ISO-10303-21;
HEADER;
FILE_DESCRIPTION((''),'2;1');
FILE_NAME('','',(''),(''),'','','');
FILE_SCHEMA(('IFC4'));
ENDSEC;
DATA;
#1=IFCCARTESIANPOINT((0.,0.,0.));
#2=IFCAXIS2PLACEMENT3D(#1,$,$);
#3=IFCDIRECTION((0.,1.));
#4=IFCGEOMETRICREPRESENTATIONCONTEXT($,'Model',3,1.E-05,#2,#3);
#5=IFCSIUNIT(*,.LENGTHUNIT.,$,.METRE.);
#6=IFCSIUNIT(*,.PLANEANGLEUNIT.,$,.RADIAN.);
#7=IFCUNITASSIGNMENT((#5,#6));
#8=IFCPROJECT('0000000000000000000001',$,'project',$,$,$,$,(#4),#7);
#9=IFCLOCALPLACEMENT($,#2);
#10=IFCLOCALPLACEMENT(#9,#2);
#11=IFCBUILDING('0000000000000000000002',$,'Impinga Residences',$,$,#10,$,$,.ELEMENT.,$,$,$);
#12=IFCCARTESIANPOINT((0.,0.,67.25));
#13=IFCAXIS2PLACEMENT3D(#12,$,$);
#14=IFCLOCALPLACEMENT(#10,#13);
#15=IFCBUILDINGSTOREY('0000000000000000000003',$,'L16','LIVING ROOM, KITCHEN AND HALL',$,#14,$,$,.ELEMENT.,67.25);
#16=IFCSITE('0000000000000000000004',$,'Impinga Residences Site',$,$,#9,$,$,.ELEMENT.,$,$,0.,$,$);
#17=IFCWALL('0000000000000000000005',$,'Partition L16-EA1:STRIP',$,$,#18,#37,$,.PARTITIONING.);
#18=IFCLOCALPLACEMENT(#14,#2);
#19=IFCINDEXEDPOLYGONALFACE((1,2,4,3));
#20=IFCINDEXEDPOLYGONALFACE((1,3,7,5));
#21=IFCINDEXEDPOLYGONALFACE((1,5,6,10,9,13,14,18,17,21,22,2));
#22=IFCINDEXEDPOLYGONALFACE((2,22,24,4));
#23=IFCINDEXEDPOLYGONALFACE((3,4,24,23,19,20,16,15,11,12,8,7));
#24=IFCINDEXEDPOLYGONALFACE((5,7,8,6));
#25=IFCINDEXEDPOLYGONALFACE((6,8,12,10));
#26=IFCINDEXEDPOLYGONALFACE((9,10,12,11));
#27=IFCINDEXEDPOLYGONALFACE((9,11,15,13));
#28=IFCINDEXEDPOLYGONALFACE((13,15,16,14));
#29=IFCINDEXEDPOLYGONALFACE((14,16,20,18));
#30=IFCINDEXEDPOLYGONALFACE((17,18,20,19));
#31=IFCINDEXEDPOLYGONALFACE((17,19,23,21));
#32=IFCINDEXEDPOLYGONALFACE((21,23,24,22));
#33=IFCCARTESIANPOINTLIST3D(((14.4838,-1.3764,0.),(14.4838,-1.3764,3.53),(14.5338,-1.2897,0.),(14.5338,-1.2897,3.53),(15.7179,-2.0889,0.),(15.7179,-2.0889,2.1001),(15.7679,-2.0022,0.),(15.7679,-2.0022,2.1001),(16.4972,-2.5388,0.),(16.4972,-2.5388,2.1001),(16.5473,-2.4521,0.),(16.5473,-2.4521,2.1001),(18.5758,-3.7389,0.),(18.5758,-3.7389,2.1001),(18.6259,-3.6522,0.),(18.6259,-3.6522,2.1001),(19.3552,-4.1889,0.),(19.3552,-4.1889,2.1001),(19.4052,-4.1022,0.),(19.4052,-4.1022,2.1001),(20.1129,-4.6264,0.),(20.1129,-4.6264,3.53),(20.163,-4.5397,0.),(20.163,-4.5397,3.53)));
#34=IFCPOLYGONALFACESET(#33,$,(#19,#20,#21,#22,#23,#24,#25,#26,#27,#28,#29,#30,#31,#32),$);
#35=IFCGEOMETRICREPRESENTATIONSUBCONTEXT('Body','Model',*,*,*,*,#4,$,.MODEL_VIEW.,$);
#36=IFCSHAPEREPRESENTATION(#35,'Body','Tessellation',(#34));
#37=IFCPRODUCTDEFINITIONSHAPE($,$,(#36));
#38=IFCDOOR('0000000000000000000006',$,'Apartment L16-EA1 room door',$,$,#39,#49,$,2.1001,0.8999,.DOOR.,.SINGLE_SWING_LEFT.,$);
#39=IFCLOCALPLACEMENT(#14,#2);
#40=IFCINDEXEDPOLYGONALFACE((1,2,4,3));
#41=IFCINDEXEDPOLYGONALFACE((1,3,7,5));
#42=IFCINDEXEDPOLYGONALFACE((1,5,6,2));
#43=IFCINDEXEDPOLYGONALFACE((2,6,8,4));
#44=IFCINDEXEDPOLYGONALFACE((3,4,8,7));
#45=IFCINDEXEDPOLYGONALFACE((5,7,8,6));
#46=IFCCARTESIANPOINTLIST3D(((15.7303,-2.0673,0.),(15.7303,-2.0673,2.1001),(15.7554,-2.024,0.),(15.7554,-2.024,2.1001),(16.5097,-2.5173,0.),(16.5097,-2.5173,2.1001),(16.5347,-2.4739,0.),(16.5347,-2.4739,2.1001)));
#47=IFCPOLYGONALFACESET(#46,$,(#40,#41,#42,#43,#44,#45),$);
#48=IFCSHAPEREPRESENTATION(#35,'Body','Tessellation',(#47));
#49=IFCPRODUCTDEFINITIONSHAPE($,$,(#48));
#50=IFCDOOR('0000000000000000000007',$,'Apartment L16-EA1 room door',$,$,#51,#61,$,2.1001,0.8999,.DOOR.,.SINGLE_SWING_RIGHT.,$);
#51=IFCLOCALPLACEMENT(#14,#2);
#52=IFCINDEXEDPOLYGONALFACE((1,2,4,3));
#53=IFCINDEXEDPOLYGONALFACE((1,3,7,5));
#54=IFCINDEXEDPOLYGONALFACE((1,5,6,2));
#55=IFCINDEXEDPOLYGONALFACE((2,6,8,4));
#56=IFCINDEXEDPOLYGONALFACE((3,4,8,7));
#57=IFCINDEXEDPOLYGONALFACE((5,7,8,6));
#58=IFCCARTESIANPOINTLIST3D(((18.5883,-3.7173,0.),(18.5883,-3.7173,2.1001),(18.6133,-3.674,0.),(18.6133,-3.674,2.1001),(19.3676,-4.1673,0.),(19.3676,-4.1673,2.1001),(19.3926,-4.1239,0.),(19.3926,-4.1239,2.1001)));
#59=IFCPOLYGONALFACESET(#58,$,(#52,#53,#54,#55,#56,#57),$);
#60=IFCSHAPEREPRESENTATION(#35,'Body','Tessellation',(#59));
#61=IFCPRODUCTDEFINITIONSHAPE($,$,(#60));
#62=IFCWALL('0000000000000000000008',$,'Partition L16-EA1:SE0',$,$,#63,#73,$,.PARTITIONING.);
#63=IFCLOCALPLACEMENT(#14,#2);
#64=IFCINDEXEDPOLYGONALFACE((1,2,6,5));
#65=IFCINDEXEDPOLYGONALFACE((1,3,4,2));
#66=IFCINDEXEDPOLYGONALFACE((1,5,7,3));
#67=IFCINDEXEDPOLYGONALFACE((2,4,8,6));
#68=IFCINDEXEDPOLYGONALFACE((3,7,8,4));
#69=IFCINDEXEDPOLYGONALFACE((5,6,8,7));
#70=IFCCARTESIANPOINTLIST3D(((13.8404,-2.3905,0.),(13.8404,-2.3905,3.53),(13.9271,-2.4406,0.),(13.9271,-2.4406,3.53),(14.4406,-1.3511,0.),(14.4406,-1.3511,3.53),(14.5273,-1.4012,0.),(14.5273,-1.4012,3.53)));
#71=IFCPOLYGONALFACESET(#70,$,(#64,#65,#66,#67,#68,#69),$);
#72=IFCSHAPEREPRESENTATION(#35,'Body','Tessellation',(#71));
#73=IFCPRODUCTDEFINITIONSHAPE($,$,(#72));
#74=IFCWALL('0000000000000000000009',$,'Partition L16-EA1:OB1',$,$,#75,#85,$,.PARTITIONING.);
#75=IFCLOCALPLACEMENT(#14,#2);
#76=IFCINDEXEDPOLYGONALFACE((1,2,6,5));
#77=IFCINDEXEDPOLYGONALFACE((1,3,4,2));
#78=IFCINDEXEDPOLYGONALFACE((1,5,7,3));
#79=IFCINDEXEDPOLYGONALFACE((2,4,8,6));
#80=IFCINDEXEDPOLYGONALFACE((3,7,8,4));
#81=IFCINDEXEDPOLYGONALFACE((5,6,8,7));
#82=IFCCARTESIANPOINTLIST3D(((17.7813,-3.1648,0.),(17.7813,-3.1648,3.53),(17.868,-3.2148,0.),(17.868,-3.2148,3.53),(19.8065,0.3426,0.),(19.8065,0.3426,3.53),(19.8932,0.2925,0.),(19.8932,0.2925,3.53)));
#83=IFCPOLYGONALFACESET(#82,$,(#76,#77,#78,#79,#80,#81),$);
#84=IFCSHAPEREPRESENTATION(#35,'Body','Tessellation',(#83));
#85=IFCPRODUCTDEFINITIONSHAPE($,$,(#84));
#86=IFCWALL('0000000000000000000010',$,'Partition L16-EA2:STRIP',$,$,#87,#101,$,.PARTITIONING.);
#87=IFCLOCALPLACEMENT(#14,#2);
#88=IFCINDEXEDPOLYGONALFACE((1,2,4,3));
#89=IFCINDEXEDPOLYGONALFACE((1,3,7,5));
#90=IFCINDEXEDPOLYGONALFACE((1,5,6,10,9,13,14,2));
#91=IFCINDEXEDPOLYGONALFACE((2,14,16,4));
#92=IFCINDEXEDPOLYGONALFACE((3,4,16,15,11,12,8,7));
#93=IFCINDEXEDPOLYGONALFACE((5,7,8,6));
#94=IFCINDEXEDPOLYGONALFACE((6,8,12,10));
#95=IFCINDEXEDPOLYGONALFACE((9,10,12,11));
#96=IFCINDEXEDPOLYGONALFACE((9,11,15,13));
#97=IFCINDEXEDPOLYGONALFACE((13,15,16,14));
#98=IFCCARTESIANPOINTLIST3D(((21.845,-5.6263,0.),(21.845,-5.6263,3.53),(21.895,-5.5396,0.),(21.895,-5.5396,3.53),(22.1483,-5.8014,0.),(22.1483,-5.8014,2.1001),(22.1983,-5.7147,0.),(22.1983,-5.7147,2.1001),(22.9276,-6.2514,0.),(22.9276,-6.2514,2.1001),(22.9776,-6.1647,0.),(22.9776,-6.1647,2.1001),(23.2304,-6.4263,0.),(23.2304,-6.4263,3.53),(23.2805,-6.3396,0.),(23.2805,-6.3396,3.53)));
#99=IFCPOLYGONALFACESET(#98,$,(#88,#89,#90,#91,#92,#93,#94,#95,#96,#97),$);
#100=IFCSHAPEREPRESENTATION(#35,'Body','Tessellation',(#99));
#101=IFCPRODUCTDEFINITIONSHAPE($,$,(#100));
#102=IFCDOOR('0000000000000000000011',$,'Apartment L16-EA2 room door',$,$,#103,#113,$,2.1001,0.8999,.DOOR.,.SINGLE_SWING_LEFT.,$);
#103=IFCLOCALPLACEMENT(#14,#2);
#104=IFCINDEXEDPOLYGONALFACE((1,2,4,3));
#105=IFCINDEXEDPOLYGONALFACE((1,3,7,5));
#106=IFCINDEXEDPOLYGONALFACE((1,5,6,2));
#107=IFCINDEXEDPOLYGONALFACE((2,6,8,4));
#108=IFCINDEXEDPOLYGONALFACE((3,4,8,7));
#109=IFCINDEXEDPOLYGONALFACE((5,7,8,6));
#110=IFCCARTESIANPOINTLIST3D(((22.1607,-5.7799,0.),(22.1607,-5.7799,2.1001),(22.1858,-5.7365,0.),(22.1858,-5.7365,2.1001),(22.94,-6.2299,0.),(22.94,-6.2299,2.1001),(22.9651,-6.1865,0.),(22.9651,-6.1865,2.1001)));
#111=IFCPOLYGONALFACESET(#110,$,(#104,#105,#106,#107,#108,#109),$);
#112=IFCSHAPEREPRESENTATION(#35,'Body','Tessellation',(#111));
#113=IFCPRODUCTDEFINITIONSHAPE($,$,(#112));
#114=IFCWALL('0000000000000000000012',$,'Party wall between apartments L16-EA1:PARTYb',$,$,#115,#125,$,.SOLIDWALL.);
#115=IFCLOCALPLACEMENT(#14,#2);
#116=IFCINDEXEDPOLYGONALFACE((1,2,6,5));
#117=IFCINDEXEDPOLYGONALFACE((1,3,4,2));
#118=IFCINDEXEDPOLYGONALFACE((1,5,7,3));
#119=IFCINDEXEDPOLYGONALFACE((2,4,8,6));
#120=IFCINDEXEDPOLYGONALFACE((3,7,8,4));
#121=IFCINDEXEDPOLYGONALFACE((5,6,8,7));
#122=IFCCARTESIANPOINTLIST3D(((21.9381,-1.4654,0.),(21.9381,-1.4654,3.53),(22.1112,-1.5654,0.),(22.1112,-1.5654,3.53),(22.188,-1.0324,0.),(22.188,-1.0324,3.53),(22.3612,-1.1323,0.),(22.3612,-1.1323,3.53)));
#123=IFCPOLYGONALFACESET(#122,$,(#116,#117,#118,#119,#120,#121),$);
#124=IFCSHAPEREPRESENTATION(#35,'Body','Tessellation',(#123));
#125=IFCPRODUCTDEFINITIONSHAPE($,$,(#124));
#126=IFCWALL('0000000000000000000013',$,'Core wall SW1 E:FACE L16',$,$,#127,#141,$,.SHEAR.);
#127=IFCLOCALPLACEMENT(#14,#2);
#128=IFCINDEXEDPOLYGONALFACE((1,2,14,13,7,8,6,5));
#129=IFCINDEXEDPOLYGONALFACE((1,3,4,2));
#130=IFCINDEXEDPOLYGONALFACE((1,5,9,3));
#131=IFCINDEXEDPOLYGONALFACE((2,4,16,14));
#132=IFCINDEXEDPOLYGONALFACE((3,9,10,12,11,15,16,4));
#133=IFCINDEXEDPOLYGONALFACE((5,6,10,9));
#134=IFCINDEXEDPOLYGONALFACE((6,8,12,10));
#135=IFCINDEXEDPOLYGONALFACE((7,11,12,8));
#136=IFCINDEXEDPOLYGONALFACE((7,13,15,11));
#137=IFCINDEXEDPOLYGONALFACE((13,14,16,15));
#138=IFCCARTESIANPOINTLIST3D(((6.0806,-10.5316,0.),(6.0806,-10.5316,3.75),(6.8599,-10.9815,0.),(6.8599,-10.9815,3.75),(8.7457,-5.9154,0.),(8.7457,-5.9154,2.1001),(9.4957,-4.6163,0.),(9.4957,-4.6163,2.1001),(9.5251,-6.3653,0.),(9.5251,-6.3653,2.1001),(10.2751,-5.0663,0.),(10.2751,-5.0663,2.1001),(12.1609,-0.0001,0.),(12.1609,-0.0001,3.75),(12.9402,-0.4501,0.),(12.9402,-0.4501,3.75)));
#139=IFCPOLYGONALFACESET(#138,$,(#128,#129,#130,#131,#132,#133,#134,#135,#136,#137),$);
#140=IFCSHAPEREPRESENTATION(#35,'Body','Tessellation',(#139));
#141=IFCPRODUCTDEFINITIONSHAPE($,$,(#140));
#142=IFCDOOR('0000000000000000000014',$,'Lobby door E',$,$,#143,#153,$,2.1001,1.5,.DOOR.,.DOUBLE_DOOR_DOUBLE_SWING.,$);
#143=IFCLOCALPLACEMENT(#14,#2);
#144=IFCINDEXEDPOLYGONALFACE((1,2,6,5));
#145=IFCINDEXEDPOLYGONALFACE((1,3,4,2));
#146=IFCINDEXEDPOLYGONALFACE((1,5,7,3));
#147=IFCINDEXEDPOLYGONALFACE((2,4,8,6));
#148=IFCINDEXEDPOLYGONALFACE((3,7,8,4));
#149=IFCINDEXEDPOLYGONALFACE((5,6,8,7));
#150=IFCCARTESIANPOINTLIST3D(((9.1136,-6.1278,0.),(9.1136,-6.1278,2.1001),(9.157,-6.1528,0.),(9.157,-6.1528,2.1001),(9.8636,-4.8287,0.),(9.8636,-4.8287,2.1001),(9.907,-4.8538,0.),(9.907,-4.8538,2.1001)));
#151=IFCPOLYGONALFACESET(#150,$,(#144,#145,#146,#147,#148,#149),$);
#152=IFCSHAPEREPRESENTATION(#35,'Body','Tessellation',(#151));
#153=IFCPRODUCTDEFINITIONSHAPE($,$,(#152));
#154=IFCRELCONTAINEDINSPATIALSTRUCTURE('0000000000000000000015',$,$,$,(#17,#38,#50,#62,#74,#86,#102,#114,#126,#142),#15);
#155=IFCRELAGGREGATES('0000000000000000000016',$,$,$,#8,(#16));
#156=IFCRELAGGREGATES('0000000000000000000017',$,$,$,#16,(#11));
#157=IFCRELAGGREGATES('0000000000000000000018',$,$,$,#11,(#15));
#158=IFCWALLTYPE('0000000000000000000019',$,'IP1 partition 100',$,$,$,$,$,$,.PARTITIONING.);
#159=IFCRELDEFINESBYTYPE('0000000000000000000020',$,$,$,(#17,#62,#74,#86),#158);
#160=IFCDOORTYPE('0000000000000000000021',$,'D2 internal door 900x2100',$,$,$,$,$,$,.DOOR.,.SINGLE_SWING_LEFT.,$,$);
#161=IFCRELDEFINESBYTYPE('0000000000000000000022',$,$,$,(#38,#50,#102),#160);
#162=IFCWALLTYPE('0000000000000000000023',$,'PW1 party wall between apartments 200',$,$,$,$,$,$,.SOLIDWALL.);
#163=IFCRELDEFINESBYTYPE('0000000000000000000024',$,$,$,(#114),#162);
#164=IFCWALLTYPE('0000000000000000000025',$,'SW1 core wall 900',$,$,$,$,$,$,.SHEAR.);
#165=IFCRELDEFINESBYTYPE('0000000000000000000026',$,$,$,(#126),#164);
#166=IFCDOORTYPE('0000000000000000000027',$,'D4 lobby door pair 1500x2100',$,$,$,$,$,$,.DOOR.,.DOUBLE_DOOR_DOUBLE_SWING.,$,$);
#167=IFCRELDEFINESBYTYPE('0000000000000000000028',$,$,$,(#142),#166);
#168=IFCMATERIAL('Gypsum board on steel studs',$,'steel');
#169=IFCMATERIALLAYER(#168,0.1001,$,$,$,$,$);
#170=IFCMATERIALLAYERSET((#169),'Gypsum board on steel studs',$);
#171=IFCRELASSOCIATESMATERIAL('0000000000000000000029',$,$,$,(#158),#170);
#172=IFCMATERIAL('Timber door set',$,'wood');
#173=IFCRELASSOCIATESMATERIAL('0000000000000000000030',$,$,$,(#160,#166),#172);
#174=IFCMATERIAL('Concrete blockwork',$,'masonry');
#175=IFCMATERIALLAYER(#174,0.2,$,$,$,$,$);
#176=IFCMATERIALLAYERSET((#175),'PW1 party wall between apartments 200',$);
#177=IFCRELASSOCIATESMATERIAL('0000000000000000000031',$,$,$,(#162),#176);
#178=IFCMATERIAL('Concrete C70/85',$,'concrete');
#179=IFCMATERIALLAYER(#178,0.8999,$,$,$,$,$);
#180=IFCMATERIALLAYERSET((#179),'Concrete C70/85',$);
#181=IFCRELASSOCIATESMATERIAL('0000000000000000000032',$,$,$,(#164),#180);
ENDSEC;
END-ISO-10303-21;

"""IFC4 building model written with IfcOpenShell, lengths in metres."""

from ifc_helpers import new_model, si_unit, direction, frame, frame_2d, origin, place, context, subcontext, project, spatial, rectangle, extrude, material, layer, layer_set, type_object, element, fill, save


model = new_model("IFC4")

# Units and contexts
model_context = context("Model", 3, precision=1e-05, world=origin(), true_north=direction((0.0, 1.0)))
body_context = subcontext(model_context, "Body", "Model", "MODEL_VIEW")
ifc_project = project(units=[si_unit("LENGTHUNIT", "METRE"), si_unit("PLANEANGLEUNIT", "RADIAN")], contexts=[model_context])

# Site, building, storey
site_placement = place(None, origin())
site = spatial("IfcSite", under=ifc_project, at=site_placement, Name="Impinga Residences Site", CompositionType="ELEMENT", RefElevation=0.0)
building_placement = place(site_placement, origin())
building = spatial("IfcBuilding", under=site, at=building_placement, Name="Impinga Residences", CompositionType="ELEMENT")
storey_placement = place(building_placement, frame((0.0, 0.0, 67.25)))
storey = spatial("IfcBuildingStorey", under=building, at=storey_placement, Name="L16", Description="LIVING ROOM, KITCHEN AND HALL", CompositionType="ELEMENT", Elevation=67.25)

# Shared definitions
ifc_material_1 = material(Name="Concrete C70/85", Category="concrete")

# Shared definitions
ifc_material_2 = material(Name="Gypsum board on steel studs", Category="steel")
ifc_layer_1 = layer(ifc_material_2, 0.1001)
ifc_layer_set_1 = layer_set([ifc_layer_1], Name="Gypsum board on steel studs")
wall_type_1 = type_object("IfcWallType", Name="IP1 partition 100", PredefinedType="PARTITIONING", material=ifc_layer_set_1)

# Wall, openings, doors
wall_1_placement = place(storey_placement, frame((14.5088, -1.333, 0.0), z_axis=(0.0, 0.0, 1.0), x_axis=(0.866025, -0.500001, 0.0)))
wall_1 = element("IfcWall", 1, at=wall_1_placement, inside=storey, type_object=wall_type_1, Name="Partition L16-EA1:STRIP", PredefinedType="PARTITIONING", context=body_context, shape_type="SweptSolid", body=[
    extrude(rectangle(XDim=6.5, YDim=0.1001, at=frame_2d((3.25, 0.0))), origin(), (0.0, 0.0, 1.0), 3.53),
])
opening_1_placement = place(wall_1_placement, frame((1.425, 0.0, 0.0)))
opening_1 = element("IfcOpeningElement", 2, at=opening_1_placement, cuts=wall_1, PredefinedType="OPENING", context=body_context, shape_type="SweptSolid", body=[
    extrude(rectangle(XDim=0.8999, YDim=2.1001, at=frame_2d((0.45, 1.05))), frame((0.0, 0.0601, 0.0), z_axis=(0.0, -1.0, 0.0), x_axis=(1.0, 0.0, 0.0)), (0.0, 0.0, 1.0), 0.1201),
])
opening_2_placement = place(wall_1_placement, frame((4.7251, 0.0, 0.0)))
opening_2 = element("IfcOpeningElement", 3, at=opening_2_placement, cuts=wall_1, PredefinedType="OPENING", context=body_context, shape_type="SweptSolid", body=[
    extrude(rectangle(XDim=0.8999, YDim=2.1001, at=frame_2d((0.45, 1.05))), frame((0.0, 0.0601, 0.0), z_axis=(0.0, -1.0, 0.0), x_axis=(1.0, 0.0, 0.0)), (0.0, 0.0, 1.0), 0.1201),
])
ifc_material_3 = material(Name="Timber door set", Category="wood")
door_type_1 = type_object("IfcDoorType", Name="D2 internal door 900x2100", OperationType="SINGLE_SWING_LEFT", PredefinedType="DOOR", material=ifc_material_3)
door_1_placement = place(opening_1_placement, origin())
door_1 = element("IfcDoor", 4, at=door_1_placement, inside=storey, type_object=door_type_1, Name="Apartment L16-EA1 room door", OperationType="SINGLE_SWING_LEFT", OverallHeight=2.1001, OverallWidth=0.8999, PredefinedType="DOOR", context=body_context, shape_type="SweptSolid", body=[
    extrude(rectangle(XDim=0.8999, YDim=2.1001, at=frame_2d((0.45, 1.05))), frame((0.0, 0.0249, 0.0), z_axis=(0.0, -1.0, 0.0), x_axis=(1.0, 0.0, 0.0)), (0.0, 0.0, 1.0), 0.05),
])
fill(opening_1, door_1)
door_2_placement = place(opening_2_placement, origin())
door_2 = element("IfcDoor", 5, at=door_2_placement, inside=storey, type_object=door_type_1, Name="Apartment L16-EA1 room door", OperationType="SINGLE_SWING_RIGHT", OverallHeight=2.1001, OverallWidth=0.8999, PredefinedType="DOOR", context=body_context, shape_type="SweptSolid", body=[
    extrude(rectangle(XDim=0.8999, YDim=2.1001, at=frame_2d((0.45, 1.05))), frame((0.0, 0.0249, 0.0), z_axis=(0.0, -1.0, 0.0), x_axis=(1.0, 0.0, 0.0)), (0.0, 0.0, 1.0), 0.05),
])
fill(opening_2, door_2)

# Walls
wall_2_placement = place(storey_placement, frame((13.8838, -2.4155, 0.0), z_axis=(0.0, 0.0, 1.0), x_axis=(0.500034, 0.866006, 0.0)))
element("IfcWall", 6, at=wall_2_placement, inside=storey, type_object=wall_type_1, Name="Partition L16-EA1:SE0", PredefinedType="PARTITIONING", context=body_context, shape_type="SweptSolid", body=[
    extrude(rectangle(XDim=1.2002, YDim=0.1001, at=frame_2d((0.6001, 0.0))), origin(), (0.0, 0.0, 1.0), 3.53),
])
wall_3_placement = place(storey_placement, frame((17.8247, -3.1897, 0.0), z_axis=(0.0, 0.0, 1.0), x_axis=(0.500036, 0.866005, 0.0)))
element("IfcWall", 7, at=wall_3_placement, inside=storey, type_object=wall_type_1, Name="Partition L16-EA1:OB1", PredefinedType="PARTITIONING", context=body_context, shape_type="SweptSolid", body=[
    extrude(rectangle(XDim=4.05, YDim=0.1001, at=frame_2d((2.0249, 0.0))), origin(), (0.0, 0.0, 1.0), 3.53),
])

# Wall, opening, door
wall_4_placement = place(storey_placement, frame((21.8701, -5.583, 0.0), z_axis=(0.0, 0.0, 1.0), x_axis=(0.86599, -0.500061, 0.0)))
wall_4 = element("IfcWall", 8, at=wall_4_placement, inside=storey, type_object=wall_type_1, Name="Partition L16-EA2:STRIP", PredefinedType="PARTITIONING", context=body_context, shape_type="SweptSolid", body=[
    extrude(rectangle(XDim=1.5999, YDim=0.1001, at=frame_2d((0.7998, 0.0))), origin(), (0.0, 0.0, 1.0), 3.53),
])
opening_3_placement = place(wall_4_placement, frame((0.3501, 0.0, 0.0)))
opening_3 = element("IfcOpeningElement", 9, at=opening_3_placement, cuts=wall_4, PredefinedType="OPENING", context=body_context, shape_type="SweptSolid", body=[
    extrude(rectangle(XDim=0.8999, YDim=2.1001, at=frame_2d((0.45, 1.05))), frame((0.0, 0.0601, 0.0), z_axis=(0.0, -1.0, 0.0), x_axis=(1.0, 0.0, 0.0)), (0.0, 0.0, 1.0), 0.1201),
])
door_3_placement = place(opening_3_placement, origin())
door_3 = element("IfcDoor", 10, at=door_3_placement, inside=storey, type_object=door_type_1, Name="Apartment L16-EA2 room door", OperationType="SINGLE_SWING_LEFT", OverallHeight=2.1001, OverallWidth=0.8999, PredefinedType="DOOR", context=body_context, shape_type="SweptSolid", body=[
    extrude(rectangle(XDim=0.8999, YDim=2.1001, at=frame_2d((0.45, 1.05))), frame((0.0, 0.0249, 0.0), z_axis=(0.0, -1.0, 0.0), x_axis=(1.0, 0.0, 0.0)), (0.0, 0.0, 1.0), 0.05),
])
fill(opening_3, door_3)

# Wall
ifc_material_4 = material(Name="Concrete blockwork", Category="masonry")
ifc_layer_2 = layer(ifc_material_4, 0.2)
ifc_layer_set_2 = layer_set([ifc_layer_2], Name="PW1 party wall between apartments 200")
wall_type_2 = type_object("IfcWallType", Name="PW1 party wall between apartments 200", PredefinedType="SOLIDWALL", material=ifc_layer_set_2)
wall_5_placement = place(storey_placement, frame((22.0247, -1.5154, 0.0), z_axis=(0.0, 0.0, 1.0), x_axis=(0.49992, 0.866072, 0.0)))
element("IfcWall", 11, at=wall_5_placement, inside=storey, type_object=wall_type_2, Name="Party wall between apartments L16-EA1:PARTYb", PredefinedType="SOLIDWALL", context=body_context, shape_type="SweptSolid", body=[
    extrude(rectangle(XDim=0.5, YDim=0.2, at=frame_2d((0.25, 0.0))), origin(), (0.0, 0.0, 1.0), 3.53),
])

# Wall, opening, door
ifc_layer_3 = layer(ifc_material_1, 0.8999)
ifc_layer_set_3 = layer_set([ifc_layer_3], Name="Concrete C70/85")
wall_type_3 = type_object("IfcWallType", Name="SW1 core wall 900", PredefinedType="SHEAR", material=ifc_layer_set_3)
wall_6_placement = place(storey_placement, frame((12.5505, -0.2251, 0.0), z_axis=(0.0, 0.0, 1.0), x_axis=(-0.499998, -0.866027, 0.0)))
wall_6 = element("IfcWall", 12, at=wall_6_placement, inside=storey, type_object=wall_type_3, Name="Core wall SW1 E:FACE L16", PredefinedType="SHEAR", context=body_context, shape_type="SweptSolid", body=[
    extrude(rectangle(XDim=12.1606, YDim=0.8999, at=frame_2d((6.0803, 0.0))), origin(), (0.0, 0.0, 1.0), 3.75),
])
opening_4_placement = place(wall_6_placement, frame((5.3303, 0.0, 0.0)))
opening_4 = element("IfcOpeningElement", 13, at=opening_4_placement, cuts=wall_6, PredefinedType="OPENING", context=body_context, shape_type="SweptSolid", body=[
    extrude(rectangle(XDim=1.5, YDim=2.1001, at=frame_2d((0.75, 1.05))), frame((0.0, 0.46, 0.0), z_axis=(0.0, -1.0, 0.0), x_axis=(1.0, 0.0, 0.0)), (0.0, 0.0, 1.0), 0.9199),
])
door_type_2 = type_object("IfcDoorType", Name="D4 lobby door pair 1500x2100", OperationType="DOUBLE_DOOR_DOUBLE_SWING", PredefinedType="DOOR", material=ifc_material_3)
door_4_placement = place(opening_4_placement, origin())
door_4 = element("IfcDoor", 14, at=door_4_placement, inside=storey, type_object=door_type_2, Name="Lobby door E", OperationType="DOUBLE_DOOR_DOUBLE_SWING", OverallHeight=2.1001, OverallWidth=1.5, PredefinedType="DOOR", context=body_context, shape_type="SweptSolid", body=[
    extrude(rectangle(XDim=1.5, YDim=2.1001, at=frame_2d((0.75, 1.05))), frame((0.0, 0.0249, 0.0), z_axis=(0.0, -1.0, 0.0), x_axis=(1.0, 0.0, 0.0)), (0.0, 0.0, 1.0), 0.05),
])
fill(opening_4, door_4)

save(model, "model.ifc")
